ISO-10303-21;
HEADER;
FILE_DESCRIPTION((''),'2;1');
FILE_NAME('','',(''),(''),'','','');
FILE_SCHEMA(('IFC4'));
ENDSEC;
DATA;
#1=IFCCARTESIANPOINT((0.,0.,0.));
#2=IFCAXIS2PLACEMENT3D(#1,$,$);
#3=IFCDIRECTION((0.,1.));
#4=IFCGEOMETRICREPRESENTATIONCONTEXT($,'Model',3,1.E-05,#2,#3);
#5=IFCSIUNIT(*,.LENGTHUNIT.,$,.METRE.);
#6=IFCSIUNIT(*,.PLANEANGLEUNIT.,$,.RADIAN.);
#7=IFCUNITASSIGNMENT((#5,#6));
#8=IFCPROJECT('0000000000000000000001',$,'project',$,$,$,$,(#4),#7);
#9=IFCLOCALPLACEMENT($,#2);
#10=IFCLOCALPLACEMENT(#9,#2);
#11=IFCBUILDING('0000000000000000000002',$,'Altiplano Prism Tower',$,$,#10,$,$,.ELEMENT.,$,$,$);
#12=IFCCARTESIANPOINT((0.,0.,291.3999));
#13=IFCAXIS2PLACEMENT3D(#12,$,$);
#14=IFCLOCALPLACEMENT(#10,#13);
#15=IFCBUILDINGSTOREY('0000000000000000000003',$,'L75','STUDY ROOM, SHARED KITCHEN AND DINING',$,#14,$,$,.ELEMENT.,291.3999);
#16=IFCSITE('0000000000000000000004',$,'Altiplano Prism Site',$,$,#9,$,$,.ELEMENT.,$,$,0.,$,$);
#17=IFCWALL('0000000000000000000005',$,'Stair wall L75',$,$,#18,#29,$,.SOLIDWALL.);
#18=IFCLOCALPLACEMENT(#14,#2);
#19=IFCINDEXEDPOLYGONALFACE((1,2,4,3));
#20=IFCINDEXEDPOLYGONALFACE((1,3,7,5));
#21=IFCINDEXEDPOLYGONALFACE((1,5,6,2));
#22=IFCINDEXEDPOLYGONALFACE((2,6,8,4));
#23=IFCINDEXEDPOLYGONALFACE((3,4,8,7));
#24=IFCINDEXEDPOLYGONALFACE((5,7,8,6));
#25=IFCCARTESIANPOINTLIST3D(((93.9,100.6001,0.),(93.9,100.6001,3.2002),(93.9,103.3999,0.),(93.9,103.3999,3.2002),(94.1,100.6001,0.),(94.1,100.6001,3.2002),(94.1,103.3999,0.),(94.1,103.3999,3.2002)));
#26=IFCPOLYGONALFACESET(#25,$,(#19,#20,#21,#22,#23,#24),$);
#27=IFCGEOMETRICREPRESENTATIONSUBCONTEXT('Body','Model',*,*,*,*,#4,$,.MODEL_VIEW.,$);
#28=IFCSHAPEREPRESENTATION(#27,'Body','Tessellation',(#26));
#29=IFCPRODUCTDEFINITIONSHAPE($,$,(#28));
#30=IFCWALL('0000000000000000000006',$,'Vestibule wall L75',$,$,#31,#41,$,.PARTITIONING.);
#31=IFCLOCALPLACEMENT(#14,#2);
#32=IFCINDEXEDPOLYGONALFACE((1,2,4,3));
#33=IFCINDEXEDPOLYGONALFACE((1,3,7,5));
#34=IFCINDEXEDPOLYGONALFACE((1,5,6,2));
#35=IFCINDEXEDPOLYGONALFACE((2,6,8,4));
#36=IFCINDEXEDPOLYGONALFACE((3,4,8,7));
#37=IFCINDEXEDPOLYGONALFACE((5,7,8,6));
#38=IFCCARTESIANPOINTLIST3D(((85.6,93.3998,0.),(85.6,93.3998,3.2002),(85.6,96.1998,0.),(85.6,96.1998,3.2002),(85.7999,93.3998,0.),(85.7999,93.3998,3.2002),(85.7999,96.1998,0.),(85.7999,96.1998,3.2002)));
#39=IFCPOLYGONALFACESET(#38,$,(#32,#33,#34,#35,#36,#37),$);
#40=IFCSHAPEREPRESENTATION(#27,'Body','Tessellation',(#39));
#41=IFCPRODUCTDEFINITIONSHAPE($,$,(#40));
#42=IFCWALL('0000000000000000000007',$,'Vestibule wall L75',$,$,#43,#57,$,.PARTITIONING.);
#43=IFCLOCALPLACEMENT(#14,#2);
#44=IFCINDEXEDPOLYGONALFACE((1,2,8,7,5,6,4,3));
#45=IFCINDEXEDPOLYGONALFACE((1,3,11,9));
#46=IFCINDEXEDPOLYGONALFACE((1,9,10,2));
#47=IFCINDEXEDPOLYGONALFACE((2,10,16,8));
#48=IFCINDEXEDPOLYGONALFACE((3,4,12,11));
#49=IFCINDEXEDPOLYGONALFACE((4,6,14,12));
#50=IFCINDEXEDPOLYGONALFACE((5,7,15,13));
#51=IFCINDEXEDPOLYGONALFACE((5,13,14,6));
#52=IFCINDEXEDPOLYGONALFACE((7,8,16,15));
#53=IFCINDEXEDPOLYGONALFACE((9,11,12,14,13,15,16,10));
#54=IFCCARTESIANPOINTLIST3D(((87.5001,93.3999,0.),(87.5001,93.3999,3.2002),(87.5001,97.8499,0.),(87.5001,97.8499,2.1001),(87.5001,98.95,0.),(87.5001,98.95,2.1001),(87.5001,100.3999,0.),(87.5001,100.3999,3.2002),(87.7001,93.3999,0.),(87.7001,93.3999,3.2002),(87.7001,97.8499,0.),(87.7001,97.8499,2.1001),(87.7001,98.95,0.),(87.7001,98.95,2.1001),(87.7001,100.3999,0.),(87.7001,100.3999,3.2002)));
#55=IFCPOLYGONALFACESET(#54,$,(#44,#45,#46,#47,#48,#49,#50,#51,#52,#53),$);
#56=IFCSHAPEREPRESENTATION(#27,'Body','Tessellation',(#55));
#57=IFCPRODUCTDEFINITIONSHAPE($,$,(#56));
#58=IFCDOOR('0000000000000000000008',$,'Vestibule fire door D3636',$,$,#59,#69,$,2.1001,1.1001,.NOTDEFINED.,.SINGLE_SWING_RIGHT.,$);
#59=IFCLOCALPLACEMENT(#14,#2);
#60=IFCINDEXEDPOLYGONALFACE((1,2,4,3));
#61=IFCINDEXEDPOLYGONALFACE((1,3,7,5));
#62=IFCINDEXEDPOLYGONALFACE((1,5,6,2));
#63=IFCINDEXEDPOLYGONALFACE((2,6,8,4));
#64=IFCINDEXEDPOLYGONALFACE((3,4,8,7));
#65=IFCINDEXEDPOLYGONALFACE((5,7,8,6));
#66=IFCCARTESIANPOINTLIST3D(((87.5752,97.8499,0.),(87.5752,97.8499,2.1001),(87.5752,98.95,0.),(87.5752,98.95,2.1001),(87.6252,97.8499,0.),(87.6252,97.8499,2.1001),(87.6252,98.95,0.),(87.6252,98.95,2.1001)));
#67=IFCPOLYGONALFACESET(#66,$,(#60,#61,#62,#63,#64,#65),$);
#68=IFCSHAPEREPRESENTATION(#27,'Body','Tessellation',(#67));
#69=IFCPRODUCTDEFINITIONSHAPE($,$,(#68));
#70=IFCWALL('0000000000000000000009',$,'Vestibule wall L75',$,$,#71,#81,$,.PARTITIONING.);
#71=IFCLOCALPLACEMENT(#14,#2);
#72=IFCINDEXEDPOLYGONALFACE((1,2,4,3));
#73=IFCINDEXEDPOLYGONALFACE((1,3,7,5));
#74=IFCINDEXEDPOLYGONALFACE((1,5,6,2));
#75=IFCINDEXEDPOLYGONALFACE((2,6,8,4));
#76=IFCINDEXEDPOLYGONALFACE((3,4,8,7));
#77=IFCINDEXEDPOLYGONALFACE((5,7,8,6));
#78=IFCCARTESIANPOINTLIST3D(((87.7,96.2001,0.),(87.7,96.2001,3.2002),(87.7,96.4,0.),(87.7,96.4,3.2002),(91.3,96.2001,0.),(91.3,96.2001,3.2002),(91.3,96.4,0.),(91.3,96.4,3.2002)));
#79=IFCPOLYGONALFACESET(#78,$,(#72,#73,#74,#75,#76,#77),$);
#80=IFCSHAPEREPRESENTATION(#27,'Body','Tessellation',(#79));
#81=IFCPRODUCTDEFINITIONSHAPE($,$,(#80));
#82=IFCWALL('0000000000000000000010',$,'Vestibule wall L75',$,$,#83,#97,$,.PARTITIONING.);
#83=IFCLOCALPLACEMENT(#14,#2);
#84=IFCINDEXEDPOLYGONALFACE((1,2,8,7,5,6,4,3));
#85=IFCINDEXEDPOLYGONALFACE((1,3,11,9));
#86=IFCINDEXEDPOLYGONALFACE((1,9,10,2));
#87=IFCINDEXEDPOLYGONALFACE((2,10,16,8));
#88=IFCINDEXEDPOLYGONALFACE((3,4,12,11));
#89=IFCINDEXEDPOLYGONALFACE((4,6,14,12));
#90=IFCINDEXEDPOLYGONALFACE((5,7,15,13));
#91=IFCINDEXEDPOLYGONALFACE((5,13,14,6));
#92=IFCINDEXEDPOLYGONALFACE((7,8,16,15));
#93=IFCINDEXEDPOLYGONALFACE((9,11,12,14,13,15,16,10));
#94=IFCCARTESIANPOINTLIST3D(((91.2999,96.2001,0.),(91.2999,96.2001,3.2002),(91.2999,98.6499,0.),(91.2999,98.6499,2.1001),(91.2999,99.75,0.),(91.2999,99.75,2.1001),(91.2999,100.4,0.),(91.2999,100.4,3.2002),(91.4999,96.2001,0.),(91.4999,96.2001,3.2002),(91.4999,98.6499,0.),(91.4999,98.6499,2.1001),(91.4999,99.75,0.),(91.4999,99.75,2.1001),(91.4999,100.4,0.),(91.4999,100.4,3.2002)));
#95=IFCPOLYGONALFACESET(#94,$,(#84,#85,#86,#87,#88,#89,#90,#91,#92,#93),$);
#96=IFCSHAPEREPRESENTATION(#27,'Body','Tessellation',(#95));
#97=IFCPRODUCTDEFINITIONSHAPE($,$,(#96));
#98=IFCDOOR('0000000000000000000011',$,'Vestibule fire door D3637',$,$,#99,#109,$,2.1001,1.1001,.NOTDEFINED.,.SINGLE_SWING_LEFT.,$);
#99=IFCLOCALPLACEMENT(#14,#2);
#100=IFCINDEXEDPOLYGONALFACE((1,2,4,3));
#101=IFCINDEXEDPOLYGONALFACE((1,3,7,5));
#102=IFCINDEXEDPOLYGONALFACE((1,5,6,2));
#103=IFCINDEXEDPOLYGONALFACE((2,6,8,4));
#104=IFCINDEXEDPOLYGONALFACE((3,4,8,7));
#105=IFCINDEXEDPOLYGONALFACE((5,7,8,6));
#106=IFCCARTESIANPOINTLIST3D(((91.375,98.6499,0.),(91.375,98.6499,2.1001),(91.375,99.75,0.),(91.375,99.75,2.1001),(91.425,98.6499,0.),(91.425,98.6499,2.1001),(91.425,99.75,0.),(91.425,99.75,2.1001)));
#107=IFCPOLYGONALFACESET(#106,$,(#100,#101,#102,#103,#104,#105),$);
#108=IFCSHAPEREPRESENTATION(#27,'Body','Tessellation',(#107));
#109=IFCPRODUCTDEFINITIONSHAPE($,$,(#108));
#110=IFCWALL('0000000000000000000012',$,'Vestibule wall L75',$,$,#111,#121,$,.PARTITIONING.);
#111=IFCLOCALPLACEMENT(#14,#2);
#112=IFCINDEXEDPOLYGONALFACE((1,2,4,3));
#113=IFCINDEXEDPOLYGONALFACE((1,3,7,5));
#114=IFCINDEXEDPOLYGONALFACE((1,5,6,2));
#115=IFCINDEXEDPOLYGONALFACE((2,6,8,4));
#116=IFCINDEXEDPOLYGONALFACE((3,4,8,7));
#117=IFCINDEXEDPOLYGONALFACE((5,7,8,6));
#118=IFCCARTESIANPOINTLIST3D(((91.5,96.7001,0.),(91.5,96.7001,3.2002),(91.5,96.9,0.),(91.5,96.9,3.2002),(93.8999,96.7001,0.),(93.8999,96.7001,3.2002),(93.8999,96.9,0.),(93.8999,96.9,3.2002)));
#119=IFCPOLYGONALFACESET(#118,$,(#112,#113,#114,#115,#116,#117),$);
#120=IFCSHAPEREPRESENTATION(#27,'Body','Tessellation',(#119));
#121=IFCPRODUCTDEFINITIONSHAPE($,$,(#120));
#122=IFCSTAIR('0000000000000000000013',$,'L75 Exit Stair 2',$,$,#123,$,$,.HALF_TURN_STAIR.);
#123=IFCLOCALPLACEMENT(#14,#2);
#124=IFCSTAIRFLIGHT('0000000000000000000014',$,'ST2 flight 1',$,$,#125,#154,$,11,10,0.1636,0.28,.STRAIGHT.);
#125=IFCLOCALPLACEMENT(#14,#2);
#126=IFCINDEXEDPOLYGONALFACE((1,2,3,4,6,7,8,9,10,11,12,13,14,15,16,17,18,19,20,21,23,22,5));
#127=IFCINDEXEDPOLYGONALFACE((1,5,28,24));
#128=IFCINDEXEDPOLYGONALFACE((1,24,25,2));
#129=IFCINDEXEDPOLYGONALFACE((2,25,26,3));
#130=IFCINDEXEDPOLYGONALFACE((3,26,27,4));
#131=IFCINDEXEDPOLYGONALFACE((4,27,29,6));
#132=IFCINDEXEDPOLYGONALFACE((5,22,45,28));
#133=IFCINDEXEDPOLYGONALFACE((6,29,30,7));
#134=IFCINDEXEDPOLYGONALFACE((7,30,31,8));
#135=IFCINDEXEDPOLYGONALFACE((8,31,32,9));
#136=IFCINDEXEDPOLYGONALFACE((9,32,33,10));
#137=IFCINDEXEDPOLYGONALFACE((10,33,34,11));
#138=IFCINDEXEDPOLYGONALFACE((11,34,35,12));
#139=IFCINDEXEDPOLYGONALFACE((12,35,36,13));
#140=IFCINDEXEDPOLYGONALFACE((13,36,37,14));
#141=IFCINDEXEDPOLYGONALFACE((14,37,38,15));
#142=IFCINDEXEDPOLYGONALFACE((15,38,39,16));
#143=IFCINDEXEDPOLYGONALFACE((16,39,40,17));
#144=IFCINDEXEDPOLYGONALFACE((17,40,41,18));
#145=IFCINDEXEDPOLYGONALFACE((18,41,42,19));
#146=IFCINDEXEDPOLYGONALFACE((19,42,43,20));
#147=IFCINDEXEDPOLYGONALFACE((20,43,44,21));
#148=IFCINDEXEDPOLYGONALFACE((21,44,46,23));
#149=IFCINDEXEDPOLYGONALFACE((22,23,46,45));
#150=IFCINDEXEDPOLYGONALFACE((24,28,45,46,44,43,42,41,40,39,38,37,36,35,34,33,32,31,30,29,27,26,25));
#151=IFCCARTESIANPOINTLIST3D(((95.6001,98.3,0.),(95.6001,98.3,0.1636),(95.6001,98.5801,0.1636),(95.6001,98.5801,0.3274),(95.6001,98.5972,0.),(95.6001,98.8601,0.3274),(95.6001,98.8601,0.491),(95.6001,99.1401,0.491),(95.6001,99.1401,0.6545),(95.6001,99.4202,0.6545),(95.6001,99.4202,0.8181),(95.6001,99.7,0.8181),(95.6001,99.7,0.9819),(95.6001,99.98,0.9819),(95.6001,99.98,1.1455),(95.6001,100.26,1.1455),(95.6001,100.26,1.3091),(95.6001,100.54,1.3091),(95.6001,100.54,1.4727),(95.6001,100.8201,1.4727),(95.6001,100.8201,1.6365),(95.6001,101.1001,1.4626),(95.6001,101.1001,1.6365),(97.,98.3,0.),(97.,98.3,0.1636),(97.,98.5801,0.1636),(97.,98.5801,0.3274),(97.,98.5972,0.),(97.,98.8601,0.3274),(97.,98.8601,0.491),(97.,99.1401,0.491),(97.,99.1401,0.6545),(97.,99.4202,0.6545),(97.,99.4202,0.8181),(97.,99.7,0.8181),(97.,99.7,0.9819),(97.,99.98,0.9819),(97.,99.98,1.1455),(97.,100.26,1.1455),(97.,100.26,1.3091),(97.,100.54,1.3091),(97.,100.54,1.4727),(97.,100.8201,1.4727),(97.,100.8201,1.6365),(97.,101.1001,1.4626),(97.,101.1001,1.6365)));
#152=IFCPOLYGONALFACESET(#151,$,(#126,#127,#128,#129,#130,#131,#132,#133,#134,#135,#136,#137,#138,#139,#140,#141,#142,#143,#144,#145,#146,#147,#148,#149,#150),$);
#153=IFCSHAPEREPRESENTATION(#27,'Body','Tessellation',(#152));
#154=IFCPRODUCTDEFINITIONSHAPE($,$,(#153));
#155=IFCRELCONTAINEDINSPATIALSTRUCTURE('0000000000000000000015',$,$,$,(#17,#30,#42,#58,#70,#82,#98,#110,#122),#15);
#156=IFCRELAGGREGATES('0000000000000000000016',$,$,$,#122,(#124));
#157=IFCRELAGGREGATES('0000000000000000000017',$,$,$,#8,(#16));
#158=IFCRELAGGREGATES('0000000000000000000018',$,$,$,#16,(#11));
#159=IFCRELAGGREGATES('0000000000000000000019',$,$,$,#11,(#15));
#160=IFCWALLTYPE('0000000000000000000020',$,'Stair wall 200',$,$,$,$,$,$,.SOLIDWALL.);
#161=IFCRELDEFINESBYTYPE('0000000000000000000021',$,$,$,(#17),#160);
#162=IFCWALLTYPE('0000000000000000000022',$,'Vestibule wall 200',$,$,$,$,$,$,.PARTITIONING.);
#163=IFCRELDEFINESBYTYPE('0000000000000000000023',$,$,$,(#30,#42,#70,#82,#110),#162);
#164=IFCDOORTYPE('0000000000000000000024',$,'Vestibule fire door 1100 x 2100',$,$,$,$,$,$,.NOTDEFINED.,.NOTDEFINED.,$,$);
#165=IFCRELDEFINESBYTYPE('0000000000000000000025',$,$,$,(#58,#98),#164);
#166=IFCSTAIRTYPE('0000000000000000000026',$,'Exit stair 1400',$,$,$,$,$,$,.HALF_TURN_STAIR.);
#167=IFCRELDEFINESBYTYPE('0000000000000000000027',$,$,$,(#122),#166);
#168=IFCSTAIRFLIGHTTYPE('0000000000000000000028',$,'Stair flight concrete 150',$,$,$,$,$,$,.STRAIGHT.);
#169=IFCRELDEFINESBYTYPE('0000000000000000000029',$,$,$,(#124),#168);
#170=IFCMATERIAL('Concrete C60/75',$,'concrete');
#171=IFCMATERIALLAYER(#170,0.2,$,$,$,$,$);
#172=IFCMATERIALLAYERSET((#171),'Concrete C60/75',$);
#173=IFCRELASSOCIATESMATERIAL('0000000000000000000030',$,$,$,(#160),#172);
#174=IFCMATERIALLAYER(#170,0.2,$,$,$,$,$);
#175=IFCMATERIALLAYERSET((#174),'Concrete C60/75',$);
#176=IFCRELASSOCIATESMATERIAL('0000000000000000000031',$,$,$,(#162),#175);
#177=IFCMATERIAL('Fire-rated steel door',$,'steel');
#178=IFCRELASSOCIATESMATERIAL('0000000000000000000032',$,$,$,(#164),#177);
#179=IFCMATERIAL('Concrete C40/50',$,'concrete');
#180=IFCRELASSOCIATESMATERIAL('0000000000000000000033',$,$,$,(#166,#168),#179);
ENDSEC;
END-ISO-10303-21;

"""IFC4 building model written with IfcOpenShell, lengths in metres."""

from ifc_helpers import new_model, si_unit, direction, frame, frame_2d, origin, place, context, subcontext, project, spatial, polyline, rectangle, outline, extrude, material, layer, layer_set, type_object, element, fill, aggregate, save


model = new_model("IFC4")

# Units and contexts
model_context = context("Model", 3, precision=1e-05, world=origin(), true_north=direction((0.0, 1.0)))
body_context = subcontext(model_context, "Body", "Model", "MODEL_VIEW")
ifc_project = project(units=[si_unit("LENGTHUNIT", "METRE"), si_unit("PLANEANGLEUNIT", "RADIAN")], contexts=[model_context])

# Site, building, storey
site_placement = place(None, origin())
site = spatial("IfcSite", under=ifc_project, at=site_placement, Name="Altiplano Prism Site", CompositionType="ELEMENT", RefElevation=0.0)
building_placement = place(site_placement, origin())
building = spatial("IfcBuilding", under=site, at=building_placement, Name="Altiplano Prism Tower", CompositionType="ELEMENT")
storey_placement = place(building_placement, frame((0.0, 0.0, 291.3999)))
storey = spatial("IfcBuildingStorey", under=building, at=storey_placement, Name="L75", Description="STUDY ROOM, SHARED KITCHEN AND DINING", CompositionType="ELEMENT", Elevation=291.3999)

# Shared definitions
ifc_material_1 = material(Name="Concrete C60/75", Category="concrete")

# Shared definitions
ifc_layer_1 = layer(ifc_material_1, 0.2)
ifc_layer_set_1 = layer_set([ifc_layer_1], Name="Concrete C60/75")
wall_type_1 = type_object("IfcWallType", Name="Stair wall 200", PredefinedType="SOLIDWALL", material=ifc_layer_set_1)
ifc_material_2 = material(Name="Fire-rated steel door", Category="steel")

# Walls
wall_1_placement = place(storey_placement, frame((94.0, 100.6001, 0.0), z_axis=(0.0, 0.0, 1.0), x_axis=(0.0, 1.0, 0.0)))
element("IfcWall", 1, at=wall_1_placement, inside=storey, type_object=wall_type_1, Name="Stair wall L75", PredefinedType="SOLIDWALL", context=body_context, shape_type="SweptSolid", body=[
    extrude(rectangle(XDim=2.7998, YDim=0.2, at=frame_2d((1.3999, 0.0))), origin(), (0.0, 0.0, 1.0), 3.2002),
])
ifc_layer_2 = layer(ifc_material_1, 0.2)
ifc_layer_set_2 = layer_set([ifc_layer_2], Name="Concrete C60/75")
wall_type_2 = type_object("IfcWallType", Name="Vestibule wall 200", PredefinedType="PARTITIONING", material=ifc_layer_set_2)
wall_2_placement = place(storey_placement, frame((85.7, 93.3999, 0.0), z_axis=(0.0, 0.0, 1.0), x_axis=(0.0, 1.0, 0.0)))
element("IfcWall", 2, at=wall_2_placement, inside=storey, type_object=wall_type_2, Name="Vestibule wall L75", PredefinedType="PARTITIONING", context=body_context, shape_type="SweptSolid", body=[
    extrude(rectangle(XDim=2.8, YDim=0.2, at=frame_2d((1.3999, 0.0))), origin(), (0.0, 0.0, 1.0), 3.2002),
])

# Wall, opening, door
wall_3_placement = place(storey_placement, frame((87.6001, 93.3999, 0.0), z_axis=(0.0, 0.0, 1.0), x_axis=(0.0, 1.0, 0.0)))
wall_3 = element("IfcWall", 3, at=wall_3_placement, inside=storey, type_object=wall_type_2, Name="Vestibule wall L75", PredefinedType="PARTITIONING", context=body_context, shape_type="SweptSolid", body=[
    extrude(rectangle(XDim=7.0, YDim=0.2, at=frame_2d((3.5, 0.0))), origin(), (0.0, 0.0, 1.0), 3.2002),
])
opening_1_placement = place(wall_3_placement, frame((4.45, 0.0, 0.0)))
opening_1 = element("IfcOpeningElement", 4, at=opening_1_placement, cuts=wall_3, PredefinedType="OPENING", context=body_context, shape_type="SweptSolid", body=[
    extrude(rectangle(XDim=1.1001, YDim=2.1001, at=frame_2d((0.55, 1.05))), frame((0.0, 0.1104, 0.0), z_axis=(0.0, -1.0, 0.0), x_axis=(1.0, 0.0, 0.0)), (0.0, 0.0, 1.0), 0.2209),
])
door_type_1 = type_object("IfcDoorType", Name="Vestibule fire door 1100 x 2100", OperationType="NOTDEFINED", PredefinedType="NOTDEFINED", material=ifc_material_2)
door_1_placement = place(opening_1_placement, origin())
door_1 = element("IfcDoor", 5, at=door_1_placement, inside=storey, type_object=door_type_1, Name="Vestibule fire door D3636", OperationType="SINGLE_SWING_RIGHT", OverallHeight=2.1001, OverallWidth=1.1001, PredefinedType="NOTDEFINED", context=body_context, shape_type="SweptSolid", body=[
    extrude(rectangle(XDim=1.1001, YDim=2.1001, at=frame_2d((0.55, 1.05))), frame((0.0, 0.0249, 0.0), z_axis=(0.0, -1.0, 0.0), x_axis=(1.0, 0.0, 0.0)), (0.0, 0.0, 1.0), 0.05),
])
fill(opening_1, door_1)

# Wall
wall_4_placement = place(storey_placement, frame((87.7, 96.3, 0.0), z_axis=(0.0, 0.0, 1.0), x_axis=(1.0, 0.0, 0.0)))
element("IfcWall", 6, at=wall_4_placement, inside=storey, type_object=wall_type_2, Name="Vestibule wall L75", PredefinedType="PARTITIONING", context=body_context, shape_type="SweptSolid", body=[
    extrude(rectangle(XDim=3.6001, YDim=0.2, at=frame_2d((1.8, 0.0))), origin(), (0.0, 0.0, 1.0), 3.2002),
])

# Wall, opening, door
wall_5_placement = place(storey_placement, frame((91.3999, 96.2, 0.0), z_axis=(0.0, 0.0, 1.0), x_axis=(0.0, 1.0, 0.0)))
wall_5 = element("IfcWall", 7, at=wall_5_placement, inside=storey, type_object=wall_type_2, Name="Vestibule wall L75", PredefinedType="PARTITIONING", context=body_context, shape_type="SweptSolid", body=[
    extrude(rectangle(XDim=4.2, YDim=0.2, at=frame_2d((2.1001, 0.0))), origin(), (0.0, 0.0, 1.0), 3.2002),
])
opening_2_placement = place(wall_5_placement, frame((2.45, 0.0, 0.0)))
opening_2 = element("IfcOpeningElement", 8, at=opening_2_placement, cuts=wall_5, PredefinedType="OPENING", context=body_context, shape_type="SweptSolid", body=[
    extrude(rectangle(XDim=1.1001, YDim=2.1001, at=frame_2d((0.55, 1.05))), frame((0.0, 0.1104, 0.0), z_axis=(0.0, -1.0, 0.0), x_axis=(1.0, 0.0, 0.0)), (0.0, 0.0, 1.0), 0.2209),
])
door_2_placement = place(opening_2_placement, origin())
door_2 = element("IfcDoor", 9, at=door_2_placement, inside=storey, type_object=door_type_1, Name="Vestibule fire door D3637", OperationType="SINGLE_SWING_LEFT", OverallHeight=2.1001, OverallWidth=1.1001, PredefinedType="NOTDEFINED", context=body_context, shape_type="SweptSolid", body=[
    extrude(rectangle(XDim=1.1001, YDim=2.1001, at=frame_2d((0.55, 1.05))), frame((0.0, 0.0249, 0.0), z_axis=(0.0, -1.0, 0.0), x_axis=(1.0, 0.0, 0.0)), (0.0, 0.0, 1.0), 0.05),
])
fill(opening_2, door_2)

# Wall
wall_6_placement = place(storey_placement, frame((91.5, 96.8, 0.0), z_axis=(0.0, 0.0, 1.0), x_axis=(1.0, 0.0, 0.0)))
element("IfcWall", 10, at=wall_6_placement, inside=storey, type_object=wall_type_2, Name="Vestibule wall L75", PredefinedType="PARTITIONING", context=body_context, shape_type="SweptSolid", body=[
    extrude(rectangle(XDim=2.3999, YDim=0.2, at=frame_2d((1.2, 0.0))), origin(), (0.0, 0.0, 1.0), 3.2002),
])

# Stair, stair flight
ifc_material_3 = material(Name="Concrete C40/50", Category="concrete")
stair_type = type_object("IfcStairType", Name="Exit stair 1400", PredefinedType="HALF_TURN_STAIR", material=ifc_material_3)
stair_placement = place(storey_placement, origin())
stair = element("IfcStair", 11, at=stair_placement, inside=storey, type_object=stair_type, Name="L75 Exit Stair 2", PredefinedType="HALF_TURN_STAIR")
stair_flight_type = type_object("IfcStairFlightType", Name="Stair flight concrete 150", PredefinedType="STRAIGHT", material=ifc_material_3)
stair_flight_1_placement = place(storey_placement, frame((96.3, 98.3, 0.0), z_axis=(0.0, 0.0, 1.0), x_axis=(0.0, 1.0, 0.0)))
stair_flight_1 = element("IfcStairFlight", 12, at=stair_flight_1_placement, type_object=stair_flight_type, Name="ST2 flight 1", NumberOfRisers=11, NumberOfTreads=10, PredefinedType="STRAIGHT", RiserHeight=0.1636, TreadLength=0.28, context=body_context, shape_type="SweptSolid", body=[
    extrude(outline(polyline([(0.0, 0.0), (0.0, 0.1636), (0.28, 0.1636), (0.28, 0.3274), (0.5601, 0.3274), (0.5601, 0.491), (0.8401, 0.491), (0.8401, 0.6545), (1.1201, 0.6545), (1.1201, 0.8181), (1.3999, 0.8181), (1.3999, 0.9819), (1.6799, 0.9819), (1.6799, 1.1455), (1.96, 1.1455), (1.96, 1.3091), (2.24, 1.3091), (2.24, 1.4727), (2.52, 1.4727), (2.52, 1.6365), (2.8, 1.6365), (2.8, 1.8), (2.8, 1.4626), (0.2971, 0.0), (0.0, 0.0)])), frame((0.0, 0.7, 0.0), z_axis=(0.0, -1.0, 0.0), x_axis=(1.0, 0.0, 0.0)), (0.0, 0.0, 1.0), 1.3999),
])
aggregate(stair, [stair_flight_1])

save(model, "model.ifc")
